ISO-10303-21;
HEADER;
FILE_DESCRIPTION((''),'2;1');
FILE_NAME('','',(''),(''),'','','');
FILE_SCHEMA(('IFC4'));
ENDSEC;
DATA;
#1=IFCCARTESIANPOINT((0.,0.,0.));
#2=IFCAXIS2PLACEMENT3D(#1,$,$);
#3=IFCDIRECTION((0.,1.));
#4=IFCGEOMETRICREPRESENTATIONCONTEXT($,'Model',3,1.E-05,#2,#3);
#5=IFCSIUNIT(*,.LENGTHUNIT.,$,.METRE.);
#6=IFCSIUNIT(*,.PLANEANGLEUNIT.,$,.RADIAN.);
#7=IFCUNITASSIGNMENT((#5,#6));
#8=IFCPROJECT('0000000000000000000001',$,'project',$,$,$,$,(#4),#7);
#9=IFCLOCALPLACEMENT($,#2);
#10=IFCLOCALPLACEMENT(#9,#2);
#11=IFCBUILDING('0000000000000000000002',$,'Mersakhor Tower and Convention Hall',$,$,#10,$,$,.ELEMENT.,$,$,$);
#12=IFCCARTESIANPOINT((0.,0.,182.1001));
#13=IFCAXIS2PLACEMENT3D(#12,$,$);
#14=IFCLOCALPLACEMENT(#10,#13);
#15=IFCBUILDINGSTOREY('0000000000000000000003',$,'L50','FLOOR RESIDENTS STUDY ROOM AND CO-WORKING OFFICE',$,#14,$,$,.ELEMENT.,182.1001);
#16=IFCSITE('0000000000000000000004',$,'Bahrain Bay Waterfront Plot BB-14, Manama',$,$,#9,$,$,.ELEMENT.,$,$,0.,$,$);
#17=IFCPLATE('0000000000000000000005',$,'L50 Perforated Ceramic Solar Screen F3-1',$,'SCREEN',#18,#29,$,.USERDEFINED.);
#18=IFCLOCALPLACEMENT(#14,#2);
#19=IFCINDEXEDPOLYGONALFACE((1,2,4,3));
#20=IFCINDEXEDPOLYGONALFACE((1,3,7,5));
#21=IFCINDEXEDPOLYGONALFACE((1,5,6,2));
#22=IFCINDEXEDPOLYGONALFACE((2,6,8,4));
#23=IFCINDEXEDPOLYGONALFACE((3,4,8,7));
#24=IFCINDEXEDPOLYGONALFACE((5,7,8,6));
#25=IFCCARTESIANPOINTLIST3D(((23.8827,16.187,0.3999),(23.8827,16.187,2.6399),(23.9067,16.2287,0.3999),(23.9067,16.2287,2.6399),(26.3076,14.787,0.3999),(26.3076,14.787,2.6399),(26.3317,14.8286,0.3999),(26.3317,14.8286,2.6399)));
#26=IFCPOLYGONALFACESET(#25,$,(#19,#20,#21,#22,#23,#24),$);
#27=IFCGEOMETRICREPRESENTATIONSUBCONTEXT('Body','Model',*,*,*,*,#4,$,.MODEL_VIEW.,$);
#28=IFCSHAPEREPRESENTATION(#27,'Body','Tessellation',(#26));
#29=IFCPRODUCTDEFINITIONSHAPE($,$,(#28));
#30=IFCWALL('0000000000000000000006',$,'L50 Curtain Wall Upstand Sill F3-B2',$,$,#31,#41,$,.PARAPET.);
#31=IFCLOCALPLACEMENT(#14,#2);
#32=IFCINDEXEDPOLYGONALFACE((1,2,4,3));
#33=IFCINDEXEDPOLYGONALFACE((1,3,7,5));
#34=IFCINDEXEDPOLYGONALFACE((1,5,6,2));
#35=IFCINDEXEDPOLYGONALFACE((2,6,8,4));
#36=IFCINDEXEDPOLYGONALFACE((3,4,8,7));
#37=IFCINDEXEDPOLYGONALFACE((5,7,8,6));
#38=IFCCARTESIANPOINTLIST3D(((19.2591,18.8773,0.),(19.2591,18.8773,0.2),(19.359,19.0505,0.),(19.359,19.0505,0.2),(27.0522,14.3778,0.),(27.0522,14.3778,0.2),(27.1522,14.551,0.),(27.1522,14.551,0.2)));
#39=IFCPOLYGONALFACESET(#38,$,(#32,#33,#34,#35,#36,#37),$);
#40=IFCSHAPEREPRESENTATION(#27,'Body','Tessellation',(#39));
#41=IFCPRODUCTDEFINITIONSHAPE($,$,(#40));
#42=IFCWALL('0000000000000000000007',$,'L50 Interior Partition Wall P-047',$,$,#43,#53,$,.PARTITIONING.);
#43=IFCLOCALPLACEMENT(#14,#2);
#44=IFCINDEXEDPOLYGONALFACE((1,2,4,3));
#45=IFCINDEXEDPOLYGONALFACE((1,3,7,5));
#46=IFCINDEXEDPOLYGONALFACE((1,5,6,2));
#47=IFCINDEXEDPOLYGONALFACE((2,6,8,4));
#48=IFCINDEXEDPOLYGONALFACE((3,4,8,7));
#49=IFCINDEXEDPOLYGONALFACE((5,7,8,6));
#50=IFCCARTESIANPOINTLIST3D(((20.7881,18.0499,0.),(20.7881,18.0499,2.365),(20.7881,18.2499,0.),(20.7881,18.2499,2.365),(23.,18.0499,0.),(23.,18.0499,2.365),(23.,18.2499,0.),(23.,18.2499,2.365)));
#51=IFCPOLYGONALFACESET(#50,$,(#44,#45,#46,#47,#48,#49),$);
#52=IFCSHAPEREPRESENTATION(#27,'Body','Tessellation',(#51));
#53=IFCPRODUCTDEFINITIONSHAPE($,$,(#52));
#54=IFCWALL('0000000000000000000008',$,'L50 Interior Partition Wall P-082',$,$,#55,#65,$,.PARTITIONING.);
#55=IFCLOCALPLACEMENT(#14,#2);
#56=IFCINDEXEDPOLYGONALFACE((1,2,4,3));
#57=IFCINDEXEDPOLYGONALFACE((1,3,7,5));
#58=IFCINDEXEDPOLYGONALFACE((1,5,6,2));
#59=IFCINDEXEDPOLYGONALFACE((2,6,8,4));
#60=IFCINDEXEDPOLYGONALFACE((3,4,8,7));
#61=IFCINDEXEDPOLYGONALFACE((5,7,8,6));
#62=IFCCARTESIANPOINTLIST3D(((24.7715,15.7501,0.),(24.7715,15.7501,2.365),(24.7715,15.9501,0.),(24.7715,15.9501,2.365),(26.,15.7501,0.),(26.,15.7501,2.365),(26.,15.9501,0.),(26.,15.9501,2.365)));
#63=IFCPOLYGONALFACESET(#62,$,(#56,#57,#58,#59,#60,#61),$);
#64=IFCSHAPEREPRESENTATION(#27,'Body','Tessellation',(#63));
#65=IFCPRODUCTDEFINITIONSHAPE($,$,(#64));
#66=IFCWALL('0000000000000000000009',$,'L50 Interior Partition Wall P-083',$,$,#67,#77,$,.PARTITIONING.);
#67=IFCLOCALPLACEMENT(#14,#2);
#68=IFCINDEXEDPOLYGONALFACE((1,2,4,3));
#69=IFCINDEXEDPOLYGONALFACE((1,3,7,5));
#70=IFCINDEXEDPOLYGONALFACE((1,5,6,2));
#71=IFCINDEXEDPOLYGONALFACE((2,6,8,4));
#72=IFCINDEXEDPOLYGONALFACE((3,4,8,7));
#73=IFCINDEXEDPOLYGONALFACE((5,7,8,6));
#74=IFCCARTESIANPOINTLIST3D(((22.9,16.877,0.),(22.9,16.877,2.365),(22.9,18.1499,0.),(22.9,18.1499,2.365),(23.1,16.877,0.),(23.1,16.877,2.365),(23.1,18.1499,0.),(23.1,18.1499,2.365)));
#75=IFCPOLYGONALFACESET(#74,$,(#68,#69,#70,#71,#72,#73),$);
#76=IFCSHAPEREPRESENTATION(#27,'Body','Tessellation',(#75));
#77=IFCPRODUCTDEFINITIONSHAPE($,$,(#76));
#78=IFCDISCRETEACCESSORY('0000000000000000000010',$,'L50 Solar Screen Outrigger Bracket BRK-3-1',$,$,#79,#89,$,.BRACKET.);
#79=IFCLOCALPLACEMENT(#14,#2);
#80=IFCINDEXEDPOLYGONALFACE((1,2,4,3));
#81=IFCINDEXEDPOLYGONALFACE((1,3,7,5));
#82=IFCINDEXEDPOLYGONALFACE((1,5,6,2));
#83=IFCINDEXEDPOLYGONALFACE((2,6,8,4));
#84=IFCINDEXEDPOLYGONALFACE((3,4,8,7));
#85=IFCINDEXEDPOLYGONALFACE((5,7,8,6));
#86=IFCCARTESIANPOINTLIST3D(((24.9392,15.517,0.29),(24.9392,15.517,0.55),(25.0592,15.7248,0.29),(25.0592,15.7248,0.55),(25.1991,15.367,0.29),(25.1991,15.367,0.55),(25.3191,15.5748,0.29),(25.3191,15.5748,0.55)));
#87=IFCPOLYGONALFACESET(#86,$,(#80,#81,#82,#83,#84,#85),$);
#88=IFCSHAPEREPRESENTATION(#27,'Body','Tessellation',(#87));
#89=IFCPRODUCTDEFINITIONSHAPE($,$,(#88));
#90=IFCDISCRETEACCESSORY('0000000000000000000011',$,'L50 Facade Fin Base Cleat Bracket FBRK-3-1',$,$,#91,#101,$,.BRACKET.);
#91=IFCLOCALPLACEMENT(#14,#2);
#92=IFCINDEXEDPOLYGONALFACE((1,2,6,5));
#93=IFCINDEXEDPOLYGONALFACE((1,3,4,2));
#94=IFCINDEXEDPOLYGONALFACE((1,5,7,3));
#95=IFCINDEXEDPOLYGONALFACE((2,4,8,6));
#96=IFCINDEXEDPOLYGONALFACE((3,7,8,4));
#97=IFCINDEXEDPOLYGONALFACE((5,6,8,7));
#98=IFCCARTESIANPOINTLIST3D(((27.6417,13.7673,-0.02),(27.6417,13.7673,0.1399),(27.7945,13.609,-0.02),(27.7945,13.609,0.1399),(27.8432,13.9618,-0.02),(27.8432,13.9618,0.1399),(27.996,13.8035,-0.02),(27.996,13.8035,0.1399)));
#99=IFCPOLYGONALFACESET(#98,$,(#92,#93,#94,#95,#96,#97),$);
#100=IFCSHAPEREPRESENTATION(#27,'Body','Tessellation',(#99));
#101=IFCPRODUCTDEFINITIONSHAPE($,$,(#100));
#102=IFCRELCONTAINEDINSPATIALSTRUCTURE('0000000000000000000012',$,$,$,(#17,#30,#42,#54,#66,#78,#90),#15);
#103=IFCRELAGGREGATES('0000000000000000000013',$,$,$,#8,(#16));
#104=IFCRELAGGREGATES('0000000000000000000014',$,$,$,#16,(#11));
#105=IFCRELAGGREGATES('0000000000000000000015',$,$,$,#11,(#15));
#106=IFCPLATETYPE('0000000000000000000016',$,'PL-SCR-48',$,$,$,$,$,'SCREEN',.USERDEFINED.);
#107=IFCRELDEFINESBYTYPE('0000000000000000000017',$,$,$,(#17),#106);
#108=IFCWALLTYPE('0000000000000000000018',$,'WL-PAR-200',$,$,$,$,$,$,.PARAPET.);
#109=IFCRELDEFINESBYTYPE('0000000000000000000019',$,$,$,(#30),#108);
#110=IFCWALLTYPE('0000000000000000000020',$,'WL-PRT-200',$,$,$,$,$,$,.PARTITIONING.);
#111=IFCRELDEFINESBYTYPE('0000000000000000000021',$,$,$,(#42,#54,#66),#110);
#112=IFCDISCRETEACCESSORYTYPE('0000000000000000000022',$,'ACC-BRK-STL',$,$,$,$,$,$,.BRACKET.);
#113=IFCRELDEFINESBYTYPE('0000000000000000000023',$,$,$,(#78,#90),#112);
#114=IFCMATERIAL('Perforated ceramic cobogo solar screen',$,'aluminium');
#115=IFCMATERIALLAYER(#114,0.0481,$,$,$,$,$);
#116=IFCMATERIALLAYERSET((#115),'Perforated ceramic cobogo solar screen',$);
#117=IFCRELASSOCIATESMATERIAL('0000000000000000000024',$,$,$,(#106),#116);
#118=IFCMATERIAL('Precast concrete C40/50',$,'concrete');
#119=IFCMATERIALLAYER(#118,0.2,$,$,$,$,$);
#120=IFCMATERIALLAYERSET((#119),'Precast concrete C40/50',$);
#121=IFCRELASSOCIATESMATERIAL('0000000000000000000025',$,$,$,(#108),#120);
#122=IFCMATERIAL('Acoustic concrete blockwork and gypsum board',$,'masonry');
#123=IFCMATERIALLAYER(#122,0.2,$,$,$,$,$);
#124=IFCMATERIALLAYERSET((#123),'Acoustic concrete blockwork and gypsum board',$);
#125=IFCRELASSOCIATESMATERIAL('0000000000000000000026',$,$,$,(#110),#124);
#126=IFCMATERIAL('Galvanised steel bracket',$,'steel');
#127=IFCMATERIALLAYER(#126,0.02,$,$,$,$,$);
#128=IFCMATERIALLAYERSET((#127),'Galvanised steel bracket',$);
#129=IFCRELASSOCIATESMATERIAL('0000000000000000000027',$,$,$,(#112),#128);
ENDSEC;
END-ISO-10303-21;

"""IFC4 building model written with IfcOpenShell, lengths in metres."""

from ifc_helpers import new_model, si_unit, direction, frame, frame_2d, origin, origin_2d, place, context, subcontext, project, spatial, rectangle, extrude, material, layer, layer_set, type_object, element, save


model = new_model("IFC4")

# Units and contexts
model_context = context("Model", 3, precision=1e-05, world=origin(), true_north=direction((0.0, 1.0)))
body_context = subcontext(model_context, "Body", "Model", "MODEL_VIEW")
ifc_project = project(units=[si_unit("LENGTHUNIT", "METRE"), si_unit("PLANEANGLEUNIT", "RADIAN")], contexts=[model_context])

# Site, building, storey
site_placement = place(None, origin())
site = spatial("IfcSite", under=ifc_project, at=site_placement, Name="Bahrain Bay Waterfront Plot BB-14, Manama", CompositionType="ELEMENT", RefElevation=0.0)
building_placement = place(site_placement, origin())
building = spatial("IfcBuilding", under=site, at=building_placement, Name="Mersakhor Tower and Convention Hall", CompositionType="ELEMENT")
storey_placement = place(building_placement, frame((0.0, 0.0, 182.1001)))
storey = spatial("IfcBuildingStorey", under=building, at=storey_placement, Name="L50", Description="FLOOR RESIDENTS STUDY ROOM AND CO-WORKING OFFICE", CompositionType="ELEMENT", Elevation=182.1001)

# Plate
ifc_material_1 = material(Name="Perforated ceramic cobogo solar screen", Category="aluminium")
ifc_layer_1 = layer(ifc_material_1, 0.0481)
ifc_layer_set_1 = layer_set([ifc_layer_1], Name="Perforated ceramic cobogo solar screen")
plate_type_1 = type_object("IfcPlateType", Name="PL-SCR-48", ElementType="SCREEN", PredefinedType="USERDEFINED", material=ifc_layer_set_1)
plate_1_placement = place(storey_placement, frame((25.1072, 15.5078, 0.3999), z_axis=(0.0, 0.0, 1.0), x_axis=(-0.866025, 0.5, 0.0)))
element("IfcPlate", 1, at=plate_1_placement, inside=storey, type_object=plate_type_1, Name="L50 Perforated Ceramic Solar Screen F3-1", ObjectType="SCREEN", PredefinedType="USERDEFINED", context=body_context, shape_type="SweptSolid", body=[
    extrude(rectangle(XDim=2.8, YDim=0.0481, at=origin_2d()), origin(), (0.0, 0.0, 1.0), 2.24),
])

# Walls
ifc_material_2 = material(Name="Precast concrete C40/50", Category="concrete")
ifc_layer_2 = layer(ifc_material_2, 0.2)
ifc_layer_set_2 = layer_set([ifc_layer_2], Name="Precast concrete C40/50")
wall_type_1 = type_object("IfcWallType", Name="WL-PAR-200", PredefinedType="PARAPET", material=ifc_layer_set_2)
wall_1_placement = place(storey_placement, frame((27.1023, 14.4644, 0.0), z_axis=(0.0, 0.0, 1.0), x_axis=(-0.866021, 0.500008, 0.0)))
element("IfcWall", 2, at=wall_1_placement, inside=storey, type_object=wall_type_1, Name="L50 Curtain Wall Upstand Sill F3-B2", PredefinedType="PARAPET", context=body_context, shape_type="SweptSolid", body=[
    extrude(rectangle(XDim=8.9988, YDim=0.2, at=frame_2d((4.4995, 0.0))), origin(), (0.0, 0.0, 1.0), 0.2),
])
ifc_material_3 = material(Name="Acoustic concrete blockwork and gypsum board", Category="masonry")
ifc_layer_3 = layer(ifc_material_3, 0.2)
ifc_layer_set_3 = layer_set([ifc_layer_3], Name="Acoustic concrete blockwork and gypsum board")
wall_type_2 = type_object("IfcWallType", Name="WL-PRT-200", PredefinedType="PARTITIONING", material=ifc_layer_set_3)
wall_2_placement = place(storey_placement, frame((23.0, 18.1499, 0.0), z_axis=(0.0, 0.0, 1.0), x_axis=(-1.0, 0.0, 0.0)))
element("IfcWall", 3, at=wall_2_placement, inside=storey, type_object=wall_type_2, Name="L50 Interior Partition Wall P-047", PredefinedType="PARTITIONING", context=body_context, shape_type="SweptSolid", body=[
    extrude(rectangle(XDim=2.2119, YDim=0.2, at=frame_2d((1.106, 0.0))), origin(), (0.0, 0.0, 1.0), 2.365),
])
wall_3_placement = place(storey_placement, frame((26.0, 15.8501, 0.0), z_axis=(0.0, 0.0, 1.0), x_axis=(-1.0, 0.0, 0.0)))
element("IfcWall", 4, at=wall_3_placement, inside=storey, type_object=wall_type_2, Name="L50 Interior Partition Wall P-082", PredefinedType="PARTITIONING", context=body_context, shape_type="SweptSolid", body=[
    extrude(rectangle(XDim=1.2285, YDim=0.2, at=frame_2d((0.6143, 0.0))), origin(), (0.0, 0.0, 1.0), 2.365),
])
wall_4_placement = place(storey_placement, frame((23.0, 16.877, 0.0), z_axis=(0.0, 0.0, 1.0), x_axis=(0.0, 1.0, 0.0)))
element("IfcWall", 5, at=wall_4_placement, inside=storey, type_object=wall_type_2, Name="L50 Interior Partition Wall P-083", PredefinedType="PARTITIONING", context=body_context, shape_type="SweptSolid", body=[
    extrude(rectangle(XDim=1.2729, YDim=0.2, at=frame_2d((0.6365, 0.0))), origin(), (0.0, 0.0, 1.0), 2.365),
])

# Discrete accessories
ifc_material_4 = material(Name="Galvanised steel bracket", Category="steel")
ifc_layer_4 = layer(ifc_material_4, 0.02)
ifc_layer_set_4 = layer_set([ifc_layer_4], Name="Galvanised steel bracket")
discrete_accessory_type = type_object("IfcDiscreteAccessoryType", Name="ACC-BRK-STL", PredefinedType="BRACKET", material=ifc_layer_set_4)
discrete_accessory_1_placement = place(storey_placement, frame((25.1292, 15.5459, 0.29), z_axis=(0.0, 0.0, 1.0), x_axis=(-0.866025, 0.5, 0.0)))
element("IfcDiscreteAccessory", 6, at=discrete_accessory_1_placement, inside=storey, type_object=discrete_accessory_type, Name="L50 Solar Screen Outrigger Bracket BRK-3-1", PredefinedType="BRACKET", context=body_context, shape_type="SweptSolid", body=[
    extrude(rectangle(XDim=0.3, YDim=0.24, at=origin_2d()), origin(), (0.0, 0.0, 1.0), 0.26),
])
discrete_accessory_2_placement = place(storey_placement, frame((27.8188, 13.7854, -0.02), z_axis=(0.0, 0.0, 1.0), x_axis=(-0.71934, -0.694658, 0.0)))
element("IfcDiscreteAccessory", 7, at=discrete_accessory_2_placement, inside=storey, type_object=discrete_accessory_type, Name="L50 Facade Fin Base Cleat Bracket FBRK-3-1", PredefinedType="BRACKET", context=body_context, shape_type="SweptSolid", body=[
    extrude(rectangle(XDim=0.28, YDim=0.22, at=origin_2d()), origin(), (0.0, 0.0, 1.0), 0.1599),
])

save(model, "model.ifc")
